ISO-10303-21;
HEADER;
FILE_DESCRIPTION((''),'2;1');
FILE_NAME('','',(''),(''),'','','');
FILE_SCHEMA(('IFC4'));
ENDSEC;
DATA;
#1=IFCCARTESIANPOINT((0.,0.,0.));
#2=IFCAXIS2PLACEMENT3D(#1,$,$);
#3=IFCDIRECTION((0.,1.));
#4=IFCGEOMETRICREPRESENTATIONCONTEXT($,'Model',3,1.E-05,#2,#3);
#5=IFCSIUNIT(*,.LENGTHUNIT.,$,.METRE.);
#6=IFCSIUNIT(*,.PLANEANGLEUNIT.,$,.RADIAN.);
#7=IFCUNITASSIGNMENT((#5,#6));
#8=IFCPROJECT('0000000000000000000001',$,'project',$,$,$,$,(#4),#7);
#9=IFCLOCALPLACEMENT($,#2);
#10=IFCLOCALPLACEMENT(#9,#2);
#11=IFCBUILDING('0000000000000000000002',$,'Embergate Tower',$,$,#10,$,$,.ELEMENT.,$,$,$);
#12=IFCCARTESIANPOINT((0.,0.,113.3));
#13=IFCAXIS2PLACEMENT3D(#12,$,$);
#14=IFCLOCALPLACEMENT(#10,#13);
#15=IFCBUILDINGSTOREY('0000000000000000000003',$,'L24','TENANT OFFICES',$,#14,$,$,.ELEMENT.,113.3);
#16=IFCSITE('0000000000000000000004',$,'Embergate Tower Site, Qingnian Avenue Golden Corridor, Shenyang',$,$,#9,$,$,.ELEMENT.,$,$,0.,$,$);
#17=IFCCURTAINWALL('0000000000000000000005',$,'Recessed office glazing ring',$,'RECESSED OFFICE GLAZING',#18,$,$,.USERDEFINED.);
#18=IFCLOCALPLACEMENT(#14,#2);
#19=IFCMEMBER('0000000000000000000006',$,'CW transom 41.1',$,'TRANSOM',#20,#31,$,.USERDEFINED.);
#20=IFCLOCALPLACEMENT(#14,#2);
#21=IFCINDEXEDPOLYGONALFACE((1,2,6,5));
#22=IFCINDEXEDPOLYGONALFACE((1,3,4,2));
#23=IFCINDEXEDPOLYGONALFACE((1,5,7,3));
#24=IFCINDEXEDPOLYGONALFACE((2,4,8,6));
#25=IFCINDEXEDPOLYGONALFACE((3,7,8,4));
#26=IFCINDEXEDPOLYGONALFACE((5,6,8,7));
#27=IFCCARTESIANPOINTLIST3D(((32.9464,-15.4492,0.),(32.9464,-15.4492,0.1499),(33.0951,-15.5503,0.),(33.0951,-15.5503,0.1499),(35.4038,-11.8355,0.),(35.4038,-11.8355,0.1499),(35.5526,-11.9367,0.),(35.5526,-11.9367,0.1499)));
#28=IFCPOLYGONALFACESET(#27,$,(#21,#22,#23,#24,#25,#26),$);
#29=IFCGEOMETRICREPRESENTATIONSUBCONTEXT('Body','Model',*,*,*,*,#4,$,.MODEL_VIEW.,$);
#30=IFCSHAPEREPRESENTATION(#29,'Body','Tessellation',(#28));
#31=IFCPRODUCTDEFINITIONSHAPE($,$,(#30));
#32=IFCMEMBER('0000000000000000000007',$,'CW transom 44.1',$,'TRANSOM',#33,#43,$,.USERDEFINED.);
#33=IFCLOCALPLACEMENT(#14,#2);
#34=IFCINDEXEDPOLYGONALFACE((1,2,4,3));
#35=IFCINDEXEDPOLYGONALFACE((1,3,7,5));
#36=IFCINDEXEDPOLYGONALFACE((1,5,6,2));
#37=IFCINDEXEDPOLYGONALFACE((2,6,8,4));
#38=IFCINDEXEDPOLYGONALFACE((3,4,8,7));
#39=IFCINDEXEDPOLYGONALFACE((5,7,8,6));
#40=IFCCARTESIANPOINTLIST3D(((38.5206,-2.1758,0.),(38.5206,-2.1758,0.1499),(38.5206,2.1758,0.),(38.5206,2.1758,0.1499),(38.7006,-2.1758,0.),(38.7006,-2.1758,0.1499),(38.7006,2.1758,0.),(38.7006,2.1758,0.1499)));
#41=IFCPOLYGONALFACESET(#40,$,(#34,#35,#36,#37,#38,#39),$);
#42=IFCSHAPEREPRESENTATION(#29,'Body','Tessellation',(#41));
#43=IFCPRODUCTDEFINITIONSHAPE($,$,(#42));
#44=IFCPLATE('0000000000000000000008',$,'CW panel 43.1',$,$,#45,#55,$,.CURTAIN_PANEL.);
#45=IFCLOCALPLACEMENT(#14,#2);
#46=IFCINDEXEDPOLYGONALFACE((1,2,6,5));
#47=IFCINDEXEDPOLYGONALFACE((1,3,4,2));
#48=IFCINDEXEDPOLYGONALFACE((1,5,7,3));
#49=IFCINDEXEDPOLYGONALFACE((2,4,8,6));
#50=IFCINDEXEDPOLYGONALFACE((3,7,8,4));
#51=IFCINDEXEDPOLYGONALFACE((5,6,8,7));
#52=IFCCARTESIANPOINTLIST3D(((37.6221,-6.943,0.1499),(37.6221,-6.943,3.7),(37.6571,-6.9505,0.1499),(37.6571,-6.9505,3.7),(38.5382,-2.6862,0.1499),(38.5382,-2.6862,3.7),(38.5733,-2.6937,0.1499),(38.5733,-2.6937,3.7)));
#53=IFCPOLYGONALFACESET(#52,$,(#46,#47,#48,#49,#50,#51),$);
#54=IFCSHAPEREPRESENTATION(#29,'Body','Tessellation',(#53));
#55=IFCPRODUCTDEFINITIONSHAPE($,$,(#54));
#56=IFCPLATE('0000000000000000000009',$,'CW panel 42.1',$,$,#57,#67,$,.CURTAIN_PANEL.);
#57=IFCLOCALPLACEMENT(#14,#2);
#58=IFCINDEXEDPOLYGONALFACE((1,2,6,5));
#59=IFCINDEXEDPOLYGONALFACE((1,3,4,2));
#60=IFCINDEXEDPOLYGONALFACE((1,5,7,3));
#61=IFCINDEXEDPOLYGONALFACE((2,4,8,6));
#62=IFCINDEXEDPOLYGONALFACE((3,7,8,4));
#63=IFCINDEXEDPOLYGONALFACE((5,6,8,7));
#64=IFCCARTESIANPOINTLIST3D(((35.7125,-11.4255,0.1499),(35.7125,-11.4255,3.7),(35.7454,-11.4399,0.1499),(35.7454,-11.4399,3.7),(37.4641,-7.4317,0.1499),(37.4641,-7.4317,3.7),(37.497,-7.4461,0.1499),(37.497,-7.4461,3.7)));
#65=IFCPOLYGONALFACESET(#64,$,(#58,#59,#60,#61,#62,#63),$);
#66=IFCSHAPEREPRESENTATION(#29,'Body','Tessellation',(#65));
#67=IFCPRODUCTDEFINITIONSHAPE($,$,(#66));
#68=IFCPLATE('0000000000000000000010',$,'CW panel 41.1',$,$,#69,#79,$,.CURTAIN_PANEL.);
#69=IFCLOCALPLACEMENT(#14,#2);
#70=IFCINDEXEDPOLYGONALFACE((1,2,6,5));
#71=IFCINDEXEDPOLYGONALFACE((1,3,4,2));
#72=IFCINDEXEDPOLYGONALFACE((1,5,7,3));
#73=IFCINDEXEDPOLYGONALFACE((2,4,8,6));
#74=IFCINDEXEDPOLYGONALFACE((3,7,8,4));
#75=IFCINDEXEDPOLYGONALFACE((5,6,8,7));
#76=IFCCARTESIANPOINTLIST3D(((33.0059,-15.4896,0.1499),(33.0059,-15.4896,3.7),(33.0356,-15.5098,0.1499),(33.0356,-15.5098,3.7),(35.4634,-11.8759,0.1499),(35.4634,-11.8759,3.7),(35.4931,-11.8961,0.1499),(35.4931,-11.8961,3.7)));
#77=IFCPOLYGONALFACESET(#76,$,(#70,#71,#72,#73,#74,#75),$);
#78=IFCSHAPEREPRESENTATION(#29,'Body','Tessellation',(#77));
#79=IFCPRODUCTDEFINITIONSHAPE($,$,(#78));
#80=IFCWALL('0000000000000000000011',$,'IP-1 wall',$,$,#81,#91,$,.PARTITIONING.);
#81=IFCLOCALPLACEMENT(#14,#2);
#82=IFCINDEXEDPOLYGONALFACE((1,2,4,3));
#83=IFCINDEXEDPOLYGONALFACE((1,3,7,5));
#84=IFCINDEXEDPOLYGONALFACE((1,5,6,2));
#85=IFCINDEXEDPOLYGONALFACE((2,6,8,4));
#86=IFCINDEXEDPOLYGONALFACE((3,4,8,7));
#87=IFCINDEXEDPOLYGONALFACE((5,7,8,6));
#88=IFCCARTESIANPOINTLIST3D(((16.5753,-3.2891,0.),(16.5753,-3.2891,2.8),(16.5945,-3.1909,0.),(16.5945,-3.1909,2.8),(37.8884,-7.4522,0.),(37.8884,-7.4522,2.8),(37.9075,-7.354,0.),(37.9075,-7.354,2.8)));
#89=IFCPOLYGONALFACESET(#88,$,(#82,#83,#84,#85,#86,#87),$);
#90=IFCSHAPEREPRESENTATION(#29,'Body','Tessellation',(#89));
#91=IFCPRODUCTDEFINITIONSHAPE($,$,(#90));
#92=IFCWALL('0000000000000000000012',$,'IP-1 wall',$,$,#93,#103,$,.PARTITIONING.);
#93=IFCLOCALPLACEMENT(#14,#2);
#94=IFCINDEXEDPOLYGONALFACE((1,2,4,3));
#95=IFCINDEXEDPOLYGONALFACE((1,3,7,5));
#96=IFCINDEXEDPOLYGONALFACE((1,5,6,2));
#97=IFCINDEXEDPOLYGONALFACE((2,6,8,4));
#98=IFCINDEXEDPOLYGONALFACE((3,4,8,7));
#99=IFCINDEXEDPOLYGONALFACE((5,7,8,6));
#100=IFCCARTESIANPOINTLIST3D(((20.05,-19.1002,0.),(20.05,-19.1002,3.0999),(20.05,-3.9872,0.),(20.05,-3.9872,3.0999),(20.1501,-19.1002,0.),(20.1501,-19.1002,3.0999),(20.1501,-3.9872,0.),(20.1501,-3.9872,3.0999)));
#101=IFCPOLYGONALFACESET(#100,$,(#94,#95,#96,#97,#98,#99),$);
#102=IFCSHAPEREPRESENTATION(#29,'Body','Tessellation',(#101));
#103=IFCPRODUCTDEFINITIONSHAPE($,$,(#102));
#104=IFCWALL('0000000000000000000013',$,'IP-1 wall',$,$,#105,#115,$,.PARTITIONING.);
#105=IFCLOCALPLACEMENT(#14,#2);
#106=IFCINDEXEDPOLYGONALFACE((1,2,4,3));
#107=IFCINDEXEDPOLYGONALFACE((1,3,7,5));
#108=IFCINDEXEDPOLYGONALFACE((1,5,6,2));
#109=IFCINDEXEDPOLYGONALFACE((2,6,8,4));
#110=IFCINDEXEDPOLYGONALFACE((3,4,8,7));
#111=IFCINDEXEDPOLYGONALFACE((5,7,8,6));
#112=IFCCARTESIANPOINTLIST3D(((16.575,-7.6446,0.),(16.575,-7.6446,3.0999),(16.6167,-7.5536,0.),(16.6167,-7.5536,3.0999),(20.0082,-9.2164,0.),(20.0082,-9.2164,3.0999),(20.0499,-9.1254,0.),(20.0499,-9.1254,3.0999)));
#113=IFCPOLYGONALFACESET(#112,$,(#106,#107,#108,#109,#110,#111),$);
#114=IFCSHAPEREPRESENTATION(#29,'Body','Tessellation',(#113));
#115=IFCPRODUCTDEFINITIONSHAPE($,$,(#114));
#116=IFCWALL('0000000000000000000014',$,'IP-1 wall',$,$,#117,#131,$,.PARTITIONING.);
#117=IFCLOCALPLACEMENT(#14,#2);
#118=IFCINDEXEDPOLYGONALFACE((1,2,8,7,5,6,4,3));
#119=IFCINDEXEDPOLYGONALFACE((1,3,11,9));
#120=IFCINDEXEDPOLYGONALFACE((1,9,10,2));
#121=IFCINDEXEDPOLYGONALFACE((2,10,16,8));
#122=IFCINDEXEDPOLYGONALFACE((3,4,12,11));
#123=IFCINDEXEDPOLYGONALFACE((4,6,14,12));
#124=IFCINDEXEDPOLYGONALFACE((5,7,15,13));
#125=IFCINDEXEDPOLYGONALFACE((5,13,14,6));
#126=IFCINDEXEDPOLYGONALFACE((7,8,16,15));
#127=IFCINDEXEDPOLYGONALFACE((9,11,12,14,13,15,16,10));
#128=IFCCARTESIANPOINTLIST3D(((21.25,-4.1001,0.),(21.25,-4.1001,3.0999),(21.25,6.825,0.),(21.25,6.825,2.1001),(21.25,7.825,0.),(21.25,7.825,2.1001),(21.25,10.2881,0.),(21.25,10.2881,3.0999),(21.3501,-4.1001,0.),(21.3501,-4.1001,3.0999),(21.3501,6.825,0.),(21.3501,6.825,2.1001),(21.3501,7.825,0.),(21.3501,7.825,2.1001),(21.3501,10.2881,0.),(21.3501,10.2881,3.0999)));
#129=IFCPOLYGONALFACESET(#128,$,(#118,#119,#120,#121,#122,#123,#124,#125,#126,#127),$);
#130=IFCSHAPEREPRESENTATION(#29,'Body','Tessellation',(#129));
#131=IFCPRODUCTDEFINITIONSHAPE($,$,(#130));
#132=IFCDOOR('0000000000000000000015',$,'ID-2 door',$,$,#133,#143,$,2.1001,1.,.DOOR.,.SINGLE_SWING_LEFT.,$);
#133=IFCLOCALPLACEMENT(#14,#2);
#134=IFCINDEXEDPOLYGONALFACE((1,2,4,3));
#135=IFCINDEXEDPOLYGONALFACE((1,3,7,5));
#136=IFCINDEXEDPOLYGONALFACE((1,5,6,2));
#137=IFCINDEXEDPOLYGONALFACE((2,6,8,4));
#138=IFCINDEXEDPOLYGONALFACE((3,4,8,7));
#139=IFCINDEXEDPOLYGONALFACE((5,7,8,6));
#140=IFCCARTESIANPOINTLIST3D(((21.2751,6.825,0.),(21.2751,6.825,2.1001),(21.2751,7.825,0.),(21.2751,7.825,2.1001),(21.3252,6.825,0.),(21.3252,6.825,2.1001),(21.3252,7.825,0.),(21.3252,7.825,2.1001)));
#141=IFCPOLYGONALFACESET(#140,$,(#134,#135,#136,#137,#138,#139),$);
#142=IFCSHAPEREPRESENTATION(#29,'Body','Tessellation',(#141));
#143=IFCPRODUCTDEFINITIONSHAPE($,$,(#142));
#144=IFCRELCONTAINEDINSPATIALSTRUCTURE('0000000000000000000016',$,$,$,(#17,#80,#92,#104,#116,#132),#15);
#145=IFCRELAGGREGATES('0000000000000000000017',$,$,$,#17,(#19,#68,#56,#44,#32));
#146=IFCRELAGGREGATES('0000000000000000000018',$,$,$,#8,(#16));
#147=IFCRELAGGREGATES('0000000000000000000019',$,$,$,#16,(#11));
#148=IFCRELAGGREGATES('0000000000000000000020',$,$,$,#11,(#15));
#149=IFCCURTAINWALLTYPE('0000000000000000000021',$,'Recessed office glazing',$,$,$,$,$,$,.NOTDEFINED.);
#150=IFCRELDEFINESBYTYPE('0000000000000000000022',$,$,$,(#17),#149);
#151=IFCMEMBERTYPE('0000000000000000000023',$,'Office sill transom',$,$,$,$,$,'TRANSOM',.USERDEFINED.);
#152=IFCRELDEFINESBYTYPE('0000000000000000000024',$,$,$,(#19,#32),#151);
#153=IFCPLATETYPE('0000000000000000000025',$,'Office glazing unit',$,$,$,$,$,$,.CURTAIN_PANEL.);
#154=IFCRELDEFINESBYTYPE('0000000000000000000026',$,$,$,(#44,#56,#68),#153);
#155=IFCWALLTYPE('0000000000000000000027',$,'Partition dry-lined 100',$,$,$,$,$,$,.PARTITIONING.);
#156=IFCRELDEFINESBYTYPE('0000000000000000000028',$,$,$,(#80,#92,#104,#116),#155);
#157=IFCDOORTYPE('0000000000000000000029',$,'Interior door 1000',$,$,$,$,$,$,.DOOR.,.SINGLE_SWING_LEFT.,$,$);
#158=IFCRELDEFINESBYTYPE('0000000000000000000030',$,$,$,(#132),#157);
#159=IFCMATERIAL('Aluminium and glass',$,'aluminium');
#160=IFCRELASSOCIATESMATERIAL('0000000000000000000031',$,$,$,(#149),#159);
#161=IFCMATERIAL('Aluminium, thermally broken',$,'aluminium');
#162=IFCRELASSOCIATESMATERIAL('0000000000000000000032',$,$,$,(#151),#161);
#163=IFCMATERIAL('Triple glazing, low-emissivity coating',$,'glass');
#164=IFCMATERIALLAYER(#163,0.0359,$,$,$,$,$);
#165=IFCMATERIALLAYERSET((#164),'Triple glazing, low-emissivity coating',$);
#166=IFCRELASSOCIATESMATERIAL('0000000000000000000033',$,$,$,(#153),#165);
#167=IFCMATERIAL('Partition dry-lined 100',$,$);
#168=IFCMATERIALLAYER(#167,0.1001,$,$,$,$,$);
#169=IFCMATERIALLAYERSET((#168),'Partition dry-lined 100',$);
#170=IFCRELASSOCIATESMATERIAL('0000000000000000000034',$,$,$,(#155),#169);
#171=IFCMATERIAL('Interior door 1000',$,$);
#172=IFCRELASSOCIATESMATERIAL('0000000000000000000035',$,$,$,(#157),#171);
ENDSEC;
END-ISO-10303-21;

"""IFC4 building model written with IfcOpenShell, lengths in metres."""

from ifc_helpers import new_model, si_unit, direction, frame, frame_2d, origin, origin_2d, place, context, subcontext, project, spatial, rectangle, extrude, source, transform, mapped, material, layer, layer_set, material_profile, profile_set, type_object, element, fill, aggregate, save


model = new_model("IFC4")

# Units and contexts
model_context = context("Model", 3, precision=1e-05, world=origin(), true_north=direction((0.0, 1.0)))
body_context = subcontext(model_context, "Body", "Model", "MODEL_VIEW")
ifc_project = project(units=[si_unit("LENGTHUNIT", "METRE"), si_unit("PLANEANGLEUNIT", "RADIAN")], contexts=[model_context])

# Site, building, storey
site_placement = place(None, origin())
site = spatial("IfcSite", under=ifc_project, at=site_placement, Name="Embergate Tower Site, Qingnian Avenue Golden Corridor, Shenyang", CompositionType="ELEMENT", RefElevation=0.0)
building_placement = place(site_placement, origin())
building = spatial("IfcBuilding", under=site, at=building_placement, Name="Embergate Tower", CompositionType="ELEMENT")
storey_placement = place(building_placement, frame((0.0, 0.0, 113.3)))
storey = spatial("IfcBuildingStorey", under=building, at=storey_placement, Name="L24", Description="TENANT OFFICES", CompositionType="ELEMENT", Elevation=113.3)

# Curtain wall, members, plates
ifc_material_1 = material(Name="Aluminium and glass", Category="aluminium")
curtain_wall_type = type_object("IfcCurtainWallType", Name="Recessed office glazing", PredefinedType="NOTDEFINED", material=ifc_material_1)
curtain_wall_placement = place(storey_placement, origin())
curtain_wall = element("IfcCurtainWall", 1, at=curtain_wall_placement, inside=storey, type_object=curtain_wall_type, Name="Recessed office glazing ring", ObjectType="RECESSED OFFICE GLAZING", PredefinedType="USERDEFINED")
ifc_material_2 = material(Name="Aluminium, thermally broken", Category="aluminium")
ifc_material_profile_1 = material_profile(ifc_material_2, rectangle(XDim=0.1799, YDim=0.1499, at=origin_2d()), Name="AL 150x180")
ifc_profile_set_1 = profile_set([ifc_material_profile_1], Name="Aluminium, thermally broken")
member_type_1 = type_object("IfcMemberType", Name="Office sill transom", ElementType="TRANSOM", PredefinedType="USERDEFINED", material=ifc_profile_set_1)
shared_shape_1 = source(origin(), body_context, "Body", "SweptSolid", [
    extrude(rectangle(XDim=0.1799, YDim=0.1499, at=origin_2d()), origin(), (0.0, 0.0, 1.0), 4.3701),
])
member_1_placement = place(storey_placement, frame((33.0208, -15.4998, 0.075), z_axis=(0.562334, 0.82691, 0.0), x_axis=(-0.82691, 0.562334, 0.0)))
member_1 = element("IfcMember", 2, at=member_1_placement, type_object=member_type_1, Name="CW transom 41.1", ObjectType="TRANSOM", PredefinedType="USERDEFINED", context=body_context, shape_type="MappedRepresentation", body=[
    mapped(shared_shape_1, transform((0.0, 0.0, 0.0))),
])
shared_shape_2 = source(origin(), body_context, "Body", "SweptSolid", [
    extrude(rectangle(XDim=0.1799, YDim=0.1499, at=origin_2d()), origin(), (0.0, 0.0, 1.0), 4.3516),
])
member_2_placement = place(storey_placement, frame((38.6106, -2.1758, 0.075), z_axis=(0.0, 1.0, 0.0), x_axis=(-1.0, 0.0, 0.0)))
member_2 = element("IfcMember", 3, at=member_2_placement, type_object=member_type_1, Name="CW transom 44.1", ObjectType="TRANSOM", PredefinedType="USERDEFINED", context=body_context, shape_type="MappedRepresentation", body=[
    mapped(shared_shape_2, transform((0.0, 0.0, 0.0))),
])
ifc_material_3 = material(Name="Triple glazing, low-emissivity coating", Category="glass")
ifc_layer_1 = layer(ifc_material_3, 0.0359)
ifc_layer_set_1 = layer_set([ifc_layer_1], Name="Triple glazing, low-emissivity coating")
plate_type = type_object("IfcPlateType", Name="Office glazing unit", PredefinedType="CURTAIN_PANEL", material=ifc_layer_set_1)
shared_shape_3 = source(origin(), body_context, "Body", "SweptSolid", [
    extrude(rectangle(XDim=4.3542, YDim=0.0359, at=origin_2d()), origin(), (0.0, 0.0, 1.0), 3.55),
])
plate_1_placement = place(storey_placement, frame((38.0977, -4.8184, 0.1499), z_axis=(0.0, 0.0, 1.0), x_axis=(0.210395, 0.977616, 0.0)))
plate_1 = element("IfcPlate", 4, at=plate_1_placement, type_object=plate_type, Name="CW panel 43.1", PredefinedType="CURTAIN_PANEL", context=body_context, shape_type="MappedRepresentation", body=[
    mapped(shared_shape_3, transform((0.0, 0.0, 0.0))),
])
shared_shape_4 = source(origin(), body_context, "Body", "SweptSolid", [
    extrude(rectangle(XDim=4.3611, YDim=0.0359, at=origin_2d()), origin(), (0.0, 0.0, 1.0), 3.55),
])
plate_2_placement = place(storey_placement, frame((36.6047, -9.4358, 0.1499), z_axis=(0.0, 0.0, 1.0), x_axis=(0.401647, 0.915794, 0.0)))
plate_2 = element("IfcPlate", 5, at=plate_2_placement, type_object=plate_type, Name="CW panel 42.1", PredefinedType="CURTAIN_PANEL", context=body_context, shape_type="MappedRepresentation", body=[
    mapped(shared_shape_4, transform((0.0, 0.0, 0.0))),
])
shared_shape_5 = source(origin(), body_context, "Body", "SweptSolid", [
    extrude(rectangle(XDim=4.3701, YDim=0.0359, at=origin_2d()), origin(), (0.0, 0.0, 1.0), 3.55),
])
plate_3_placement = place(storey_placement, frame((34.2495, -13.6929, 0.1499), z_axis=(0.0, 0.0, 1.0), x_axis=(0.562337, 0.826908, 0.0)))
plate_3 = element("IfcPlate", 6, at=plate_3_placement, type_object=plate_type, Name="CW panel 41.1", PredefinedType="CURTAIN_PANEL", context=body_context, shape_type="MappedRepresentation", body=[
    mapped(shared_shape_5, transform((0.0, 0.0, 0.0))),
])
aggregate(curtain_wall, [member_1, plate_3, plate_2, plate_1, member_2])

# Walls
ifc_material_4 = material(Name="Partition dry-lined 100")
ifc_layer_2 = layer(ifc_material_4, 0.1001)
ifc_layer_set_2 = layer_set([ifc_layer_2], Name="Partition dry-lined 100")
wall_type = type_object("IfcWallType", Name="Partition dry-lined 100", PredefinedType="PARTITIONING", material=ifc_layer_set_2)
shared_shape_6 = source(origin(), body_context, "Body", "SweptSolid", [
    extrude(rectangle(XDim=21.7158, YDim=0.1001, at=frame_2d((10.8579, 0.0))), origin(), (0.0, 0.0, 1.0), 2.8),
])
wall_1_placement = place(storey_placement, frame((37.8979, -7.4031, 0.0), z_axis=(0.0, 0.0, 1.0), x_axis=(-0.981452, 0.191708, 0.0)))
element("IfcWall", 7, at=wall_1_placement, inside=storey, type_object=wall_type, Name="IP-1 wall", PredefinedType="PARTITIONING", context=body_context, shape_type="MappedRepresentation", body=[
    mapped(shared_shape_6, transform((0.0, 0.0, 0.0))),
])
shared_shape_7 = source(origin(), body_context, "Body", "SweptSolid", [
    extrude(rectangle(XDim=15.113, YDim=0.1001, at=frame_2d((7.5566, 0.0))), origin(), (0.0, 0.0, 1.0), 3.0999),
])
wall_2_placement = place(storey_placement, frame((20.1001, -3.9871, 0.0), z_axis=(0.0, 0.0, 1.0), x_axis=(0.0, -1.0, 0.0)))
element("IfcWall", 8, at=wall_2_placement, inside=storey, type_object=wall_type, Name="IP-1 wall", PredefinedType="PARTITIONING", context=body_context, shape_type="MappedRepresentation", body=[
    mapped(shared_shape_7, transform((0.0, 0.0, 0.0))),
])
shared_shape_8 = source(origin(), body_context, "Body", "SweptSolid", [
    extrude(rectangle(XDim=3.7759, YDim=0.1001, at=frame_2d((1.8879, 0.0))), origin(), (0.0, 0.0, 1.0), 3.0999),
])
wall_3_placement = place(storey_placement, frame((20.0291, -9.1709, 0.0), z_axis=(0.0, 0.0, 1.0), x_axis=(-0.909238, 0.416276, 0.0)))
element("IfcWall", 9, at=wall_3_placement, inside=storey, type_object=wall_type, Name="IP-1 wall", PredefinedType="PARTITIONING", context=body_context, shape_type="MappedRepresentation", body=[
    mapped(shared_shape_8, transform((0.0, 0.0, 0.0))),
])

# Wall, opening, door
shared_shape_9 = source(origin(), body_context, "Body", "SweptSolid", [
    extrude(rectangle(XDim=14.3882, YDim=0.1001, at=frame_2d((7.1941, 0.0))), origin(), (0.0, 0.0, 1.0), 3.0999),
])
wall_4_placement = place(storey_placement, frame((21.3, -4.1001, 0.0), z_axis=(0.0, 0.0, 1.0), x_axis=(0.0, 1.0, 0.0)))
wall_4 = element("IfcWall", 10, at=wall_4_placement, inside=storey, type_object=wall_type, Name="IP-1 wall", PredefinedType="PARTITIONING", context=body_context, shape_type="MappedRepresentation", body=[
    mapped(shared_shape_9, transform((0.0, 0.0, 0.0))),
])
shared_shape_10 = source(origin(), body_context, "Body", "SweptSolid", [
    extrude(rectangle(XDim=1.0, YDim=2.1001, at=frame_2d((0.5, 1.05))), frame((0.0, 0.0601, 0.0), z_axis=(0.0, -1.0, 0.0), x_axis=(1.0, 0.0, 0.0)), (0.0, 0.0, 1.0), 0.1201),
])
opening_placement = place(wall_4_placement, frame((10.925, 0.0, 0.0)))
opening = element("IfcOpeningElement", 11, at=opening_placement, cuts=wall_4, PredefinedType="OPENING", context=body_context, shape_type="MappedRepresentation", body=[
    mapped(shared_shape_10, transform((0.0, 0.0, 0.0))),
])
ifc_material_5 = material(Name="Interior door 1000")
door_type = type_object("IfcDoorType", Name="Interior door 1000", OperationType="SINGLE_SWING_LEFT", PredefinedType="DOOR", material=ifc_material_5)
shared_shape_11 = source(origin(), body_context, "Body", "SweptSolid", [
    extrude(rectangle(XDim=1.0, YDim=2.1001, at=frame_2d((0.5, 1.05))), frame((0.0, 0.0249, 0.0), z_axis=(0.0, -1.0, 0.0), x_axis=(1.0, 0.0, 0.0)), (0.0, 0.0, 1.0), 0.05),
])
door_placement = place(opening_placement, origin())
door = element("IfcDoor", 12, at=door_placement, inside=storey, type_object=door_type, Name="ID-2 door", OperationType="SINGLE_SWING_LEFT", OverallHeight=2.1001, OverallWidth=1.0, PredefinedType="DOOR", context=body_context, shape_type="MappedRepresentation", body=[
    mapped(shared_shape_11, transform((0.0, 0.0, 0.0))),
])
fill(opening, door)

save(model, "model.ifc")
